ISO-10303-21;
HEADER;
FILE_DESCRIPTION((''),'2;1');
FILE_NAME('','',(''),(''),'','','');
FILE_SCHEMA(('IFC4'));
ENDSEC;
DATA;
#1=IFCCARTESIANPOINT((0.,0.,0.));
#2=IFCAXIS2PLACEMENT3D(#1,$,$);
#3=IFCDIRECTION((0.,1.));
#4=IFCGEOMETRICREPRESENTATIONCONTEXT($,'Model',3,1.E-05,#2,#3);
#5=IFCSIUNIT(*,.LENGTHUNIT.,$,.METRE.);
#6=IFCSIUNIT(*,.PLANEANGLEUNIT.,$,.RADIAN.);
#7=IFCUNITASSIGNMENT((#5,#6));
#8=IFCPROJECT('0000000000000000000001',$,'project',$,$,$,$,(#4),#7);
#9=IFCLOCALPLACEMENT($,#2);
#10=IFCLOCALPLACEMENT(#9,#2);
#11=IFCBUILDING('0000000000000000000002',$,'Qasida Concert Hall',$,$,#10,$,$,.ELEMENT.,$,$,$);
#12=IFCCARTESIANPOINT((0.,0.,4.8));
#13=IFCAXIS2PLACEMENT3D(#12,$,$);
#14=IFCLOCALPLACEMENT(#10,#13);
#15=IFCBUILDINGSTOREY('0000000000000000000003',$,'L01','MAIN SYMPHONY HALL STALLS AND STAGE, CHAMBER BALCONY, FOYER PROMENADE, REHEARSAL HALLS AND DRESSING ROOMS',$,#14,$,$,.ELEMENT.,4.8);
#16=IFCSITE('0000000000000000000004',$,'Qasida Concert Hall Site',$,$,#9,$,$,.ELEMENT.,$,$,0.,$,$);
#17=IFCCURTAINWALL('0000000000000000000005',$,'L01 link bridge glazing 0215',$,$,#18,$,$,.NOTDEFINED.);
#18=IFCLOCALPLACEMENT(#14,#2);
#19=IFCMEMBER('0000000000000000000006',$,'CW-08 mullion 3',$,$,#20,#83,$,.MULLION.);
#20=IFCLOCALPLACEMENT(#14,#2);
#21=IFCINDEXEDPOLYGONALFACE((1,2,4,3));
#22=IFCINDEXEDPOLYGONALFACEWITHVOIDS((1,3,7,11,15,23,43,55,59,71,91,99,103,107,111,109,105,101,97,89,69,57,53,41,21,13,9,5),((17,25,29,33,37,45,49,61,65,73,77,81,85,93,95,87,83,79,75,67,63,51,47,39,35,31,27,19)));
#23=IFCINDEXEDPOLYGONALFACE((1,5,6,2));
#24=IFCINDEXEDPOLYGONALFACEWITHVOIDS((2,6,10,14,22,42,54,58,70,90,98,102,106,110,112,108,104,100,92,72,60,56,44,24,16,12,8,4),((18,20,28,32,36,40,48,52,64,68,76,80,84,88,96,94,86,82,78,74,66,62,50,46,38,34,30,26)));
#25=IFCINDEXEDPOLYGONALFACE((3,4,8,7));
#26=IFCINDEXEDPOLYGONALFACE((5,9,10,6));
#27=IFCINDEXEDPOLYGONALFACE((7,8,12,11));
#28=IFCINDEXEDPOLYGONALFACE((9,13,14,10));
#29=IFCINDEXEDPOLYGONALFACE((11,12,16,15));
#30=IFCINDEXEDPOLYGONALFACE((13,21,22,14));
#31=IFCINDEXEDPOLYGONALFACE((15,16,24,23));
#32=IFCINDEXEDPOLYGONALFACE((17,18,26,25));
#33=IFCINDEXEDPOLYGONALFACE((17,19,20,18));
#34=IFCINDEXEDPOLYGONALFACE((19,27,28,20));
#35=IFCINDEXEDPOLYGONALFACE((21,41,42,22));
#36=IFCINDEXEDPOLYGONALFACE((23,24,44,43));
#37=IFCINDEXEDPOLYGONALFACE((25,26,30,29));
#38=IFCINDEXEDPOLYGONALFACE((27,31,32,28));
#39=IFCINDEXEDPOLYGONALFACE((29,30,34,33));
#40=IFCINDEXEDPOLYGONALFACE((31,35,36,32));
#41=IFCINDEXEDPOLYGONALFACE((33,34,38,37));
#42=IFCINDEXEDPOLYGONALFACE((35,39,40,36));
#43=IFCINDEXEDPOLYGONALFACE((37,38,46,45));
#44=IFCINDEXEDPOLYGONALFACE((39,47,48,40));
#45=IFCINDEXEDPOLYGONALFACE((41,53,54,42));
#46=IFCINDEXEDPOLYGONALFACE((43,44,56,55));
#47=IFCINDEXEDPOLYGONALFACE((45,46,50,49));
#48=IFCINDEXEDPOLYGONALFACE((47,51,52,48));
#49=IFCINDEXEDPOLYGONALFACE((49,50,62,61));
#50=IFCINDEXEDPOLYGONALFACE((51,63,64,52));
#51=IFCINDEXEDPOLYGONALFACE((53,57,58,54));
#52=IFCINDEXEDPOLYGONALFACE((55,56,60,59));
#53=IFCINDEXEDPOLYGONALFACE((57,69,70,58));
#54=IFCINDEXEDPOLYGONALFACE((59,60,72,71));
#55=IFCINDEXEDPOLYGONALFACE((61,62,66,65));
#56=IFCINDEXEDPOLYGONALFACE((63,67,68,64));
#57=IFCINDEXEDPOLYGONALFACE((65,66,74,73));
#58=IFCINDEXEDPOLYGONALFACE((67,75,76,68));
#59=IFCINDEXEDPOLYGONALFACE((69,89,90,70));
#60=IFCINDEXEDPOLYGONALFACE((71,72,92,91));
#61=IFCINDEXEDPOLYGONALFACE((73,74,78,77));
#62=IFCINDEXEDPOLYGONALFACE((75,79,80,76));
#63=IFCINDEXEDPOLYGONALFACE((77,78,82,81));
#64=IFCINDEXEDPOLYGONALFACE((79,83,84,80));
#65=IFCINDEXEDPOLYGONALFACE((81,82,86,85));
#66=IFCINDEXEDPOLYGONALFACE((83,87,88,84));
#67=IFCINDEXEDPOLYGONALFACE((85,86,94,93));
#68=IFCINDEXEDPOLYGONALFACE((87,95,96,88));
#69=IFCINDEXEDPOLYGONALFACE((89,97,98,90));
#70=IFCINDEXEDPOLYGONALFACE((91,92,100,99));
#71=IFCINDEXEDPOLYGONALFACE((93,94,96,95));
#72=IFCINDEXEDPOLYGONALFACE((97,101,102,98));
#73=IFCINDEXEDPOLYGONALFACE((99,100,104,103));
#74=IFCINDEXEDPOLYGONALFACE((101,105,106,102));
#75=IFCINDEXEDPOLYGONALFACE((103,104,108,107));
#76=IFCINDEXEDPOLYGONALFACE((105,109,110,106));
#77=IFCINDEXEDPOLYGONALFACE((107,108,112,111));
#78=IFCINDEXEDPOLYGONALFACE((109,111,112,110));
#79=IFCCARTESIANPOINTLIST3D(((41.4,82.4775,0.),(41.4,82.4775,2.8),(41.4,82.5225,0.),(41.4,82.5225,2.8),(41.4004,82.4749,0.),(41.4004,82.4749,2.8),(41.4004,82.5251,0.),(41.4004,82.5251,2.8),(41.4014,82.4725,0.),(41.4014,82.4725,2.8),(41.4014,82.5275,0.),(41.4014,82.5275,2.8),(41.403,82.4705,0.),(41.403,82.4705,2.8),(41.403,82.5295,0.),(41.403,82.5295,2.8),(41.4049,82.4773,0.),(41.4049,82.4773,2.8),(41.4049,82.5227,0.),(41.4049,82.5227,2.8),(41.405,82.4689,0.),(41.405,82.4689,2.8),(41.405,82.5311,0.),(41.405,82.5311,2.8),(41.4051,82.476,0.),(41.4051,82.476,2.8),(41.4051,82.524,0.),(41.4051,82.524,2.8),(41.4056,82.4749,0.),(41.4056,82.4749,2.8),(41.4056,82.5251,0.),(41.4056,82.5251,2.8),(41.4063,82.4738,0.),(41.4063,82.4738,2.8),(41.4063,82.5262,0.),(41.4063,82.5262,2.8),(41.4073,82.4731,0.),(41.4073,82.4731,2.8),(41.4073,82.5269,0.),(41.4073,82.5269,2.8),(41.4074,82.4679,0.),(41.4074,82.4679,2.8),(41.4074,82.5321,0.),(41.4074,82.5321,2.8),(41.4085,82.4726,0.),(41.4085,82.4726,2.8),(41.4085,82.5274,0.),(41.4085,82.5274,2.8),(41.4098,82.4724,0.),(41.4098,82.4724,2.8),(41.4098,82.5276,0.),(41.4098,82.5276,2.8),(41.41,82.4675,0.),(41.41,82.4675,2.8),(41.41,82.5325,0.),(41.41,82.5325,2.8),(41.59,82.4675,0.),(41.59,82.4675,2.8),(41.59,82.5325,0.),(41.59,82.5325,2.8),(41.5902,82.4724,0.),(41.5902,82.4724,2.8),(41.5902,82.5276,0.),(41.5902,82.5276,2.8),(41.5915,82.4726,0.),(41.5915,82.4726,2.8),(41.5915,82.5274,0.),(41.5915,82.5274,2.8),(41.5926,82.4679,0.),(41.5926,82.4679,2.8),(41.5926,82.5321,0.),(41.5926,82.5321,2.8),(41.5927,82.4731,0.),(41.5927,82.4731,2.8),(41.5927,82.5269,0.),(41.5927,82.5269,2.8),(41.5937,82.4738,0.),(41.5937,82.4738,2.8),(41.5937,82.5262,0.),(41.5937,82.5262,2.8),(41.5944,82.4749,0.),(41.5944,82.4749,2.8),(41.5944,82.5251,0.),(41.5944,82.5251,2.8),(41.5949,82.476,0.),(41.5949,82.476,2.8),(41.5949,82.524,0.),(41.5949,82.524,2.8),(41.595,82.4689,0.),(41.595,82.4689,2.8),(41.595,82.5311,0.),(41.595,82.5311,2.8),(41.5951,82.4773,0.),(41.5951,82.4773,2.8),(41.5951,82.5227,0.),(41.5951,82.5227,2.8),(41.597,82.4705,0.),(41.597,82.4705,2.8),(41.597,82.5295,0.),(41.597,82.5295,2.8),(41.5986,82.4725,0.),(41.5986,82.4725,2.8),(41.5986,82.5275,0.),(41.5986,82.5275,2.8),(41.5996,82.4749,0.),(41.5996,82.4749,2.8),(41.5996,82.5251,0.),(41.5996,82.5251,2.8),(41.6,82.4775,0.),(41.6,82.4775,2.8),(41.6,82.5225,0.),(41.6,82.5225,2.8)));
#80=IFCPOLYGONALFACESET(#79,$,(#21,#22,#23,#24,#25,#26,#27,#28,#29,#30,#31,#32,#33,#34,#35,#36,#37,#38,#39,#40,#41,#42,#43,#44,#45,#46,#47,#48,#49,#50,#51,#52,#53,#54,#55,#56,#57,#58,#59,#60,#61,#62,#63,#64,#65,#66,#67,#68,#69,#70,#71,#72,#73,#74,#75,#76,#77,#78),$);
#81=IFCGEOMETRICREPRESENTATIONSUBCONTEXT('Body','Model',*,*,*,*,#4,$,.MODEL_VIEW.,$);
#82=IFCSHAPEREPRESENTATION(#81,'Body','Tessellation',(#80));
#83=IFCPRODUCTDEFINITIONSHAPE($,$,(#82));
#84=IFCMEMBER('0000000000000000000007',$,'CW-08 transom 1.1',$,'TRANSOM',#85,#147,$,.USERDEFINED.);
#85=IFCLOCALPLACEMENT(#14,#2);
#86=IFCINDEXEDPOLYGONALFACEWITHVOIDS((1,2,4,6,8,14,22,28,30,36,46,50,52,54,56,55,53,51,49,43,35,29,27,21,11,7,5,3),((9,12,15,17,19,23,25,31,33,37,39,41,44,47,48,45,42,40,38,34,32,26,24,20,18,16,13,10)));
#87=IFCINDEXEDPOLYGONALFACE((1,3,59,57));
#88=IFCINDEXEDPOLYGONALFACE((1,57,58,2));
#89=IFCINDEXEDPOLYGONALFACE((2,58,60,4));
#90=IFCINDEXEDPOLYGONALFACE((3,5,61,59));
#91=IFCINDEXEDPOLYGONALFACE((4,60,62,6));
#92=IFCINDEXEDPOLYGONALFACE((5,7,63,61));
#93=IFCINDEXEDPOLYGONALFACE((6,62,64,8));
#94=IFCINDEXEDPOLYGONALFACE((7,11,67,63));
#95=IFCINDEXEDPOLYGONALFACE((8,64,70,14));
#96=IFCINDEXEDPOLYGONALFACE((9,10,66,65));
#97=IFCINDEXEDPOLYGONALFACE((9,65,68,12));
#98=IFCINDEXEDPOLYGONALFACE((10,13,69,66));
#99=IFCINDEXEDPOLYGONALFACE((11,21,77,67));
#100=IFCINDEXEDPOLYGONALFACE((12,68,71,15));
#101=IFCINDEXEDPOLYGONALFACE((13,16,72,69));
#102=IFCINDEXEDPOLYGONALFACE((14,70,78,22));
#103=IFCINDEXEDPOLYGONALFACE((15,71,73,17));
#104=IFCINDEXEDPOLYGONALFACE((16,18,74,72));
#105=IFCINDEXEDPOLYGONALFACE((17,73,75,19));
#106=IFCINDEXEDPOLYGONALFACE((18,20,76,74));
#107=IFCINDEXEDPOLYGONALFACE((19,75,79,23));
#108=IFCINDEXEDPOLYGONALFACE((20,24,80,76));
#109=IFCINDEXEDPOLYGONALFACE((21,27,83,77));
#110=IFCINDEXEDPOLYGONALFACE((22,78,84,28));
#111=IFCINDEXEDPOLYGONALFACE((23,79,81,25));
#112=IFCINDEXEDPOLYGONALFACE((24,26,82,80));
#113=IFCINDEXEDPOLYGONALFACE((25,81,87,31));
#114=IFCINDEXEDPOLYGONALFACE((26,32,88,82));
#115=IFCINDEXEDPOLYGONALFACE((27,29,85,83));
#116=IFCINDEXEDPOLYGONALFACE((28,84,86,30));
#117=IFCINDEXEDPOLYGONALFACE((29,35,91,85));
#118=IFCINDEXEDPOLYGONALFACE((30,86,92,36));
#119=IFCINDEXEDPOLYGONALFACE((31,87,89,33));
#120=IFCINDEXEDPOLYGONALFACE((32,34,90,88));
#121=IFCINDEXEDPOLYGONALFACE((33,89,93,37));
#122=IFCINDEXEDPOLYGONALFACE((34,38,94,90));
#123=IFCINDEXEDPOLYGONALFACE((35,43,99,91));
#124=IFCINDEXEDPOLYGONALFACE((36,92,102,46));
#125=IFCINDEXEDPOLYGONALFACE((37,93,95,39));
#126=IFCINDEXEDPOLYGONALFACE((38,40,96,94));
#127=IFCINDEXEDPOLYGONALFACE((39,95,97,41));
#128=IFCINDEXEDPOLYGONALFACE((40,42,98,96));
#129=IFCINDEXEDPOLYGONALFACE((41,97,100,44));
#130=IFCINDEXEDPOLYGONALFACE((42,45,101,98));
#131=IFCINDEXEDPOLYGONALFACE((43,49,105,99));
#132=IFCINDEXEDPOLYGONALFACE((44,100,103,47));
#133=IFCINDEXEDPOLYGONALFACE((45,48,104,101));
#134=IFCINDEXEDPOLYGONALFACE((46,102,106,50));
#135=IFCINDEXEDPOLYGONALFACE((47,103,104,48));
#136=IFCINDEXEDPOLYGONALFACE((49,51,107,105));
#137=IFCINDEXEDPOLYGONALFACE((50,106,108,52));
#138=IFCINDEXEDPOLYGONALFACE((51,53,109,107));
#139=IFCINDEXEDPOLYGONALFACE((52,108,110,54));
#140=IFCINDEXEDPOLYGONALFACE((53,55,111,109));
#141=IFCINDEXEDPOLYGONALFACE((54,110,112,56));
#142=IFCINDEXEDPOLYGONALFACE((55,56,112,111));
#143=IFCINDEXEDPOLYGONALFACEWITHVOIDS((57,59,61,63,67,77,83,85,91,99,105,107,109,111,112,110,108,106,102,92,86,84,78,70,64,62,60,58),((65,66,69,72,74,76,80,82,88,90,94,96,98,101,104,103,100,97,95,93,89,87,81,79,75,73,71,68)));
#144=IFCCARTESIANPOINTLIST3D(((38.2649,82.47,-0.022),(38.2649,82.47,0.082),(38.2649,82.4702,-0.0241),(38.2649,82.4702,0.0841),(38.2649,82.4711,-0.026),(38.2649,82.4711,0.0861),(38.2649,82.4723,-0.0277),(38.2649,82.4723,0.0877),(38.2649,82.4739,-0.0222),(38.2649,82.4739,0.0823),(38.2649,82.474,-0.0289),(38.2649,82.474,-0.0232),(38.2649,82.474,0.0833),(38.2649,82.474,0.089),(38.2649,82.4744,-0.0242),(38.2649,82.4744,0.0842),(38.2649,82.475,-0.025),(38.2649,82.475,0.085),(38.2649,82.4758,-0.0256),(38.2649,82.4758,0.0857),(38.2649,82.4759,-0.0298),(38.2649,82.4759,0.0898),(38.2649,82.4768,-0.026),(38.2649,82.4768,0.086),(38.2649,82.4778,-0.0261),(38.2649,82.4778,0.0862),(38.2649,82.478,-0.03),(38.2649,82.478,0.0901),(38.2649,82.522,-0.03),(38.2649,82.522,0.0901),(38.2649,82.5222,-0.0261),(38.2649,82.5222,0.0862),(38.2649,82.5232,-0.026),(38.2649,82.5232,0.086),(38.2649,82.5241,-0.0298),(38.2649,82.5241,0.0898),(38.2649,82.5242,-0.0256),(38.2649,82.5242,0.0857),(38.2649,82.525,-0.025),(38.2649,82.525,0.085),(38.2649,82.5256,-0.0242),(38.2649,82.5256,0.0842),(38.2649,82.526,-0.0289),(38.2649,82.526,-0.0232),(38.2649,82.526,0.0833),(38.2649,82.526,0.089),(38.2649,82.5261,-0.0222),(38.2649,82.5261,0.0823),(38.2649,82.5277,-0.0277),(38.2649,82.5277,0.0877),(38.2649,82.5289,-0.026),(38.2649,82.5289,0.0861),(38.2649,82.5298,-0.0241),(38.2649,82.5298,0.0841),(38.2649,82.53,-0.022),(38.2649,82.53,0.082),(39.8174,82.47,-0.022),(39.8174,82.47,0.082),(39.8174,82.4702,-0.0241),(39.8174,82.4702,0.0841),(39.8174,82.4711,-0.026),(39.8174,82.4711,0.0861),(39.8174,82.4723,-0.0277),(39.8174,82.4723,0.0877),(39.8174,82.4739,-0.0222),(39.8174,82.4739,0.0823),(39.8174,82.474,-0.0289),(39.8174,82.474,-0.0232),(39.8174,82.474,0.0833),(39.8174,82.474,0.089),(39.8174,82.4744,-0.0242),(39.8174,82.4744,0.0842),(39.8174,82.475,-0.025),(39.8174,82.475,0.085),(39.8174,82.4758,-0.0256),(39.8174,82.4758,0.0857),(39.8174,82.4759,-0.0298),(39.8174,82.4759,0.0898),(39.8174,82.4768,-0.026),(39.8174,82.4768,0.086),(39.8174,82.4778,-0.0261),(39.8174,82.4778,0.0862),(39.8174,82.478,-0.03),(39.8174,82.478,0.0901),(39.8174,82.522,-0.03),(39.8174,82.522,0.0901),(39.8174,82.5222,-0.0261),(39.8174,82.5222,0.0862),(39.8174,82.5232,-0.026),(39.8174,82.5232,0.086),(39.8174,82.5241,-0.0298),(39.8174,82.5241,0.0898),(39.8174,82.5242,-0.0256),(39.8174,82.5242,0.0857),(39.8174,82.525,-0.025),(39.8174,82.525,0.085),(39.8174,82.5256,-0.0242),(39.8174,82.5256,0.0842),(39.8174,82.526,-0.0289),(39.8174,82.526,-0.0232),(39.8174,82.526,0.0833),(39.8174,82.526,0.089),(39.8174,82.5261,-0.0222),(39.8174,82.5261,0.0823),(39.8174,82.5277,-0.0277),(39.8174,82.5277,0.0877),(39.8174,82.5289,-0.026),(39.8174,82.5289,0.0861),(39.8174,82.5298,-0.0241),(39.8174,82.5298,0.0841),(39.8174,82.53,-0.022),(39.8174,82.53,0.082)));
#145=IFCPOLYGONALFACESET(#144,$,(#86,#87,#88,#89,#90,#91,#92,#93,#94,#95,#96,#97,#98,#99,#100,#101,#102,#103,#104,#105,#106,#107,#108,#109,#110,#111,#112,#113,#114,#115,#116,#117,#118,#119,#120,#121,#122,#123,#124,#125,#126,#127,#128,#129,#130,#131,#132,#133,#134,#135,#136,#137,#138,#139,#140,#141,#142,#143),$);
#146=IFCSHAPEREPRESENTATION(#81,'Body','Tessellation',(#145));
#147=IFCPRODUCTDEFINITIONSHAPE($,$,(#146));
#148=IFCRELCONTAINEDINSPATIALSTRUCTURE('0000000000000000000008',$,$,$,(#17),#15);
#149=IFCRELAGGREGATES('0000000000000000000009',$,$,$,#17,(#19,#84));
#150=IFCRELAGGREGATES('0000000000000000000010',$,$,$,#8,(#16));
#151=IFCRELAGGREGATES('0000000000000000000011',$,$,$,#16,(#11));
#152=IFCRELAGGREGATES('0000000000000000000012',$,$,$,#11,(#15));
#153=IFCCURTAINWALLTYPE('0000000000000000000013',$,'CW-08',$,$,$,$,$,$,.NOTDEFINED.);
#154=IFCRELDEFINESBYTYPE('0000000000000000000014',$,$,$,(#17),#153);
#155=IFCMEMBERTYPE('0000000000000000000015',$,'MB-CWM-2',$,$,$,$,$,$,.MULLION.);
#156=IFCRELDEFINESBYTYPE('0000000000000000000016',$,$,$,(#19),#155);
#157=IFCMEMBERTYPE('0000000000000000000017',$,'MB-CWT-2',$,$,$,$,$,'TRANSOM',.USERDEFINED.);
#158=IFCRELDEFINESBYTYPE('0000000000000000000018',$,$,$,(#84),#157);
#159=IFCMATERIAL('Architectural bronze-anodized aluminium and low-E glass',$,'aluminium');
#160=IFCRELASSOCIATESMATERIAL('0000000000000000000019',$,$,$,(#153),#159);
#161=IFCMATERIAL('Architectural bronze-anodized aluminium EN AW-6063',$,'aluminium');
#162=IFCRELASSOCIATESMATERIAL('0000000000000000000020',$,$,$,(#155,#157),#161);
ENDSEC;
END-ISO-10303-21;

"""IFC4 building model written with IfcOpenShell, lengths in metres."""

from ifc_helpers import new_model, si_unit, direction, frame, origin, origin_2d, place, context, subcontext, project, spatial, hollow_rectangle, extrude, material, material_profile, profile_set, type_object, element, aggregate, save


model = new_model("IFC4")

# Units and contexts
model_context = context("Model", 3, precision=1e-05, world=origin(), true_north=direction((0.0, 1.0)))
body_context = subcontext(model_context, "Body", "Model", "MODEL_VIEW")
ifc_project = project(units=[si_unit("LENGTHUNIT", "METRE"), si_unit("PLANEANGLEUNIT", "RADIAN")], contexts=[model_context])

# Site, building, storey
site_placement = place(None, origin())
site = spatial("IfcSite", under=ifc_project, at=site_placement, Name="Qasida Concert Hall Site", CompositionType="ELEMENT", RefElevation=0.0)
building_placement = place(site_placement, origin())
building = spatial("IfcBuilding", under=site, at=building_placement, Name="Qasida Concert Hall", CompositionType="ELEMENT")
storey_placement = place(building_placement, frame((0.0, 0.0, 4.8)))
storey = spatial("IfcBuildingStorey", under=building, at=storey_placement, Name="L01", Description="MAIN SYMPHONY HALL STALLS AND STAGE, CHAMBER BALCONY, FOYER PROMENADE, REHEARSAL HALLS AND DRESSING ROOMS", CompositionType="ELEMENT", Elevation=4.8)

# Curtain wall, members
ifc_material_1 = material(Name="Architectural bronze-anodized aluminium and low-E glass", Category="aluminium")
curtain_wall_type = type_object("IfcCurtainWallType", Name="CW-08", PredefinedType="NOTDEFINED", material=ifc_material_1)
curtain_wall_placement = place(storey_placement, origin())
curtain_wall = element("IfcCurtainWall", 1, at=curtain_wall_placement, inside=storey, type_object=curtain_wall_type, Name="L01 link bridge glazing 0215", PredefinedType="NOTDEFINED")
ifc_material_2 = material(Name="Architectural bronze-anodized aluminium EN AW-6063", Category="aluminium")
ifc_material_profile_1 = material_profile(ifc_material_2, hollow_rectangle(XDim=0.0649, YDim=0.2, WallThickness=0.0049, InnerFilletRadius=0.0049, OuterFilletRadius=0.01, at=origin_2d()), Name="CWM 200x65x5")
ifc_profile_set_1 = profile_set([ifc_material_profile_1], Name="Architectural bronze-anodized aluminium EN AW-6063")
member_type_1 = type_object("IfcMemberType", Name="MB-CWM-2", PredefinedType="MULLION", material=ifc_profile_set_1)
member_1_placement = place(storey_placement, frame((41.5, 82.5, 0.0), z_axis=(0.0, 0.0, 1.0), x_axis=(0.0, 1.0, 0.0)))
member_1 = element("IfcMember", 2, at=member_1_placement, type_object=member_type_1, Name="CW-08 mullion 3", PredefinedType="MULLION", context=body_context, shape_type="SweptSolid", body=[
    extrude(hollow_rectangle(XDim=0.0649, YDim=0.2, WallThickness=0.0049, InnerFilletRadius=0.0049, OuterFilletRadius=0.01, at=origin_2d()), origin(), (0.0, 0.0, 1.0), 2.8),
])
ifc_material_profile_2 = material_profile(ifc_material_2, hollow_rectangle(XDim=0.0601, YDim=0.1201, WallThickness=0.0039, InnerFilletRadius=0.0039, OuterFilletRadius=0.0081, at=origin_2d()), Name="CWT 120x60x4")
ifc_profile_set_2 = profile_set([ifc_material_profile_2], Name="Architectural bronze-anodized aluminium EN AW-6063")
member_type_2 = type_object("IfcMemberType", Name="MB-CWT-2", ElementType="TRANSOM", PredefinedType="USERDEFINED", material=ifc_profile_set_2)
member_2_placement = place(storey_placement, frame((38.2649, 82.5, 0.03), z_axis=(1.0, 0.0, 0.0), x_axis=(0.0, 1.0, 0.0)))
member_2 = element("IfcMember", 3, at=member_2_placement, type_object=member_type_2, Name="CW-08 transom 1.1", ObjectType="TRANSOM", PredefinedType="USERDEFINED", context=body_context, shape_type="SweptSolid", body=[
    extrude(hollow_rectangle(XDim=0.0601, YDim=0.1201, WallThickness=0.0039, InnerFilletRadius=0.0039, OuterFilletRadius=0.0081, at=origin_2d()), origin(), (0.0, 0.0, 1.0), 1.5525),
])
aggregate(curtain_wall, [member_1, member_2])

save(model, "model.ifc")
